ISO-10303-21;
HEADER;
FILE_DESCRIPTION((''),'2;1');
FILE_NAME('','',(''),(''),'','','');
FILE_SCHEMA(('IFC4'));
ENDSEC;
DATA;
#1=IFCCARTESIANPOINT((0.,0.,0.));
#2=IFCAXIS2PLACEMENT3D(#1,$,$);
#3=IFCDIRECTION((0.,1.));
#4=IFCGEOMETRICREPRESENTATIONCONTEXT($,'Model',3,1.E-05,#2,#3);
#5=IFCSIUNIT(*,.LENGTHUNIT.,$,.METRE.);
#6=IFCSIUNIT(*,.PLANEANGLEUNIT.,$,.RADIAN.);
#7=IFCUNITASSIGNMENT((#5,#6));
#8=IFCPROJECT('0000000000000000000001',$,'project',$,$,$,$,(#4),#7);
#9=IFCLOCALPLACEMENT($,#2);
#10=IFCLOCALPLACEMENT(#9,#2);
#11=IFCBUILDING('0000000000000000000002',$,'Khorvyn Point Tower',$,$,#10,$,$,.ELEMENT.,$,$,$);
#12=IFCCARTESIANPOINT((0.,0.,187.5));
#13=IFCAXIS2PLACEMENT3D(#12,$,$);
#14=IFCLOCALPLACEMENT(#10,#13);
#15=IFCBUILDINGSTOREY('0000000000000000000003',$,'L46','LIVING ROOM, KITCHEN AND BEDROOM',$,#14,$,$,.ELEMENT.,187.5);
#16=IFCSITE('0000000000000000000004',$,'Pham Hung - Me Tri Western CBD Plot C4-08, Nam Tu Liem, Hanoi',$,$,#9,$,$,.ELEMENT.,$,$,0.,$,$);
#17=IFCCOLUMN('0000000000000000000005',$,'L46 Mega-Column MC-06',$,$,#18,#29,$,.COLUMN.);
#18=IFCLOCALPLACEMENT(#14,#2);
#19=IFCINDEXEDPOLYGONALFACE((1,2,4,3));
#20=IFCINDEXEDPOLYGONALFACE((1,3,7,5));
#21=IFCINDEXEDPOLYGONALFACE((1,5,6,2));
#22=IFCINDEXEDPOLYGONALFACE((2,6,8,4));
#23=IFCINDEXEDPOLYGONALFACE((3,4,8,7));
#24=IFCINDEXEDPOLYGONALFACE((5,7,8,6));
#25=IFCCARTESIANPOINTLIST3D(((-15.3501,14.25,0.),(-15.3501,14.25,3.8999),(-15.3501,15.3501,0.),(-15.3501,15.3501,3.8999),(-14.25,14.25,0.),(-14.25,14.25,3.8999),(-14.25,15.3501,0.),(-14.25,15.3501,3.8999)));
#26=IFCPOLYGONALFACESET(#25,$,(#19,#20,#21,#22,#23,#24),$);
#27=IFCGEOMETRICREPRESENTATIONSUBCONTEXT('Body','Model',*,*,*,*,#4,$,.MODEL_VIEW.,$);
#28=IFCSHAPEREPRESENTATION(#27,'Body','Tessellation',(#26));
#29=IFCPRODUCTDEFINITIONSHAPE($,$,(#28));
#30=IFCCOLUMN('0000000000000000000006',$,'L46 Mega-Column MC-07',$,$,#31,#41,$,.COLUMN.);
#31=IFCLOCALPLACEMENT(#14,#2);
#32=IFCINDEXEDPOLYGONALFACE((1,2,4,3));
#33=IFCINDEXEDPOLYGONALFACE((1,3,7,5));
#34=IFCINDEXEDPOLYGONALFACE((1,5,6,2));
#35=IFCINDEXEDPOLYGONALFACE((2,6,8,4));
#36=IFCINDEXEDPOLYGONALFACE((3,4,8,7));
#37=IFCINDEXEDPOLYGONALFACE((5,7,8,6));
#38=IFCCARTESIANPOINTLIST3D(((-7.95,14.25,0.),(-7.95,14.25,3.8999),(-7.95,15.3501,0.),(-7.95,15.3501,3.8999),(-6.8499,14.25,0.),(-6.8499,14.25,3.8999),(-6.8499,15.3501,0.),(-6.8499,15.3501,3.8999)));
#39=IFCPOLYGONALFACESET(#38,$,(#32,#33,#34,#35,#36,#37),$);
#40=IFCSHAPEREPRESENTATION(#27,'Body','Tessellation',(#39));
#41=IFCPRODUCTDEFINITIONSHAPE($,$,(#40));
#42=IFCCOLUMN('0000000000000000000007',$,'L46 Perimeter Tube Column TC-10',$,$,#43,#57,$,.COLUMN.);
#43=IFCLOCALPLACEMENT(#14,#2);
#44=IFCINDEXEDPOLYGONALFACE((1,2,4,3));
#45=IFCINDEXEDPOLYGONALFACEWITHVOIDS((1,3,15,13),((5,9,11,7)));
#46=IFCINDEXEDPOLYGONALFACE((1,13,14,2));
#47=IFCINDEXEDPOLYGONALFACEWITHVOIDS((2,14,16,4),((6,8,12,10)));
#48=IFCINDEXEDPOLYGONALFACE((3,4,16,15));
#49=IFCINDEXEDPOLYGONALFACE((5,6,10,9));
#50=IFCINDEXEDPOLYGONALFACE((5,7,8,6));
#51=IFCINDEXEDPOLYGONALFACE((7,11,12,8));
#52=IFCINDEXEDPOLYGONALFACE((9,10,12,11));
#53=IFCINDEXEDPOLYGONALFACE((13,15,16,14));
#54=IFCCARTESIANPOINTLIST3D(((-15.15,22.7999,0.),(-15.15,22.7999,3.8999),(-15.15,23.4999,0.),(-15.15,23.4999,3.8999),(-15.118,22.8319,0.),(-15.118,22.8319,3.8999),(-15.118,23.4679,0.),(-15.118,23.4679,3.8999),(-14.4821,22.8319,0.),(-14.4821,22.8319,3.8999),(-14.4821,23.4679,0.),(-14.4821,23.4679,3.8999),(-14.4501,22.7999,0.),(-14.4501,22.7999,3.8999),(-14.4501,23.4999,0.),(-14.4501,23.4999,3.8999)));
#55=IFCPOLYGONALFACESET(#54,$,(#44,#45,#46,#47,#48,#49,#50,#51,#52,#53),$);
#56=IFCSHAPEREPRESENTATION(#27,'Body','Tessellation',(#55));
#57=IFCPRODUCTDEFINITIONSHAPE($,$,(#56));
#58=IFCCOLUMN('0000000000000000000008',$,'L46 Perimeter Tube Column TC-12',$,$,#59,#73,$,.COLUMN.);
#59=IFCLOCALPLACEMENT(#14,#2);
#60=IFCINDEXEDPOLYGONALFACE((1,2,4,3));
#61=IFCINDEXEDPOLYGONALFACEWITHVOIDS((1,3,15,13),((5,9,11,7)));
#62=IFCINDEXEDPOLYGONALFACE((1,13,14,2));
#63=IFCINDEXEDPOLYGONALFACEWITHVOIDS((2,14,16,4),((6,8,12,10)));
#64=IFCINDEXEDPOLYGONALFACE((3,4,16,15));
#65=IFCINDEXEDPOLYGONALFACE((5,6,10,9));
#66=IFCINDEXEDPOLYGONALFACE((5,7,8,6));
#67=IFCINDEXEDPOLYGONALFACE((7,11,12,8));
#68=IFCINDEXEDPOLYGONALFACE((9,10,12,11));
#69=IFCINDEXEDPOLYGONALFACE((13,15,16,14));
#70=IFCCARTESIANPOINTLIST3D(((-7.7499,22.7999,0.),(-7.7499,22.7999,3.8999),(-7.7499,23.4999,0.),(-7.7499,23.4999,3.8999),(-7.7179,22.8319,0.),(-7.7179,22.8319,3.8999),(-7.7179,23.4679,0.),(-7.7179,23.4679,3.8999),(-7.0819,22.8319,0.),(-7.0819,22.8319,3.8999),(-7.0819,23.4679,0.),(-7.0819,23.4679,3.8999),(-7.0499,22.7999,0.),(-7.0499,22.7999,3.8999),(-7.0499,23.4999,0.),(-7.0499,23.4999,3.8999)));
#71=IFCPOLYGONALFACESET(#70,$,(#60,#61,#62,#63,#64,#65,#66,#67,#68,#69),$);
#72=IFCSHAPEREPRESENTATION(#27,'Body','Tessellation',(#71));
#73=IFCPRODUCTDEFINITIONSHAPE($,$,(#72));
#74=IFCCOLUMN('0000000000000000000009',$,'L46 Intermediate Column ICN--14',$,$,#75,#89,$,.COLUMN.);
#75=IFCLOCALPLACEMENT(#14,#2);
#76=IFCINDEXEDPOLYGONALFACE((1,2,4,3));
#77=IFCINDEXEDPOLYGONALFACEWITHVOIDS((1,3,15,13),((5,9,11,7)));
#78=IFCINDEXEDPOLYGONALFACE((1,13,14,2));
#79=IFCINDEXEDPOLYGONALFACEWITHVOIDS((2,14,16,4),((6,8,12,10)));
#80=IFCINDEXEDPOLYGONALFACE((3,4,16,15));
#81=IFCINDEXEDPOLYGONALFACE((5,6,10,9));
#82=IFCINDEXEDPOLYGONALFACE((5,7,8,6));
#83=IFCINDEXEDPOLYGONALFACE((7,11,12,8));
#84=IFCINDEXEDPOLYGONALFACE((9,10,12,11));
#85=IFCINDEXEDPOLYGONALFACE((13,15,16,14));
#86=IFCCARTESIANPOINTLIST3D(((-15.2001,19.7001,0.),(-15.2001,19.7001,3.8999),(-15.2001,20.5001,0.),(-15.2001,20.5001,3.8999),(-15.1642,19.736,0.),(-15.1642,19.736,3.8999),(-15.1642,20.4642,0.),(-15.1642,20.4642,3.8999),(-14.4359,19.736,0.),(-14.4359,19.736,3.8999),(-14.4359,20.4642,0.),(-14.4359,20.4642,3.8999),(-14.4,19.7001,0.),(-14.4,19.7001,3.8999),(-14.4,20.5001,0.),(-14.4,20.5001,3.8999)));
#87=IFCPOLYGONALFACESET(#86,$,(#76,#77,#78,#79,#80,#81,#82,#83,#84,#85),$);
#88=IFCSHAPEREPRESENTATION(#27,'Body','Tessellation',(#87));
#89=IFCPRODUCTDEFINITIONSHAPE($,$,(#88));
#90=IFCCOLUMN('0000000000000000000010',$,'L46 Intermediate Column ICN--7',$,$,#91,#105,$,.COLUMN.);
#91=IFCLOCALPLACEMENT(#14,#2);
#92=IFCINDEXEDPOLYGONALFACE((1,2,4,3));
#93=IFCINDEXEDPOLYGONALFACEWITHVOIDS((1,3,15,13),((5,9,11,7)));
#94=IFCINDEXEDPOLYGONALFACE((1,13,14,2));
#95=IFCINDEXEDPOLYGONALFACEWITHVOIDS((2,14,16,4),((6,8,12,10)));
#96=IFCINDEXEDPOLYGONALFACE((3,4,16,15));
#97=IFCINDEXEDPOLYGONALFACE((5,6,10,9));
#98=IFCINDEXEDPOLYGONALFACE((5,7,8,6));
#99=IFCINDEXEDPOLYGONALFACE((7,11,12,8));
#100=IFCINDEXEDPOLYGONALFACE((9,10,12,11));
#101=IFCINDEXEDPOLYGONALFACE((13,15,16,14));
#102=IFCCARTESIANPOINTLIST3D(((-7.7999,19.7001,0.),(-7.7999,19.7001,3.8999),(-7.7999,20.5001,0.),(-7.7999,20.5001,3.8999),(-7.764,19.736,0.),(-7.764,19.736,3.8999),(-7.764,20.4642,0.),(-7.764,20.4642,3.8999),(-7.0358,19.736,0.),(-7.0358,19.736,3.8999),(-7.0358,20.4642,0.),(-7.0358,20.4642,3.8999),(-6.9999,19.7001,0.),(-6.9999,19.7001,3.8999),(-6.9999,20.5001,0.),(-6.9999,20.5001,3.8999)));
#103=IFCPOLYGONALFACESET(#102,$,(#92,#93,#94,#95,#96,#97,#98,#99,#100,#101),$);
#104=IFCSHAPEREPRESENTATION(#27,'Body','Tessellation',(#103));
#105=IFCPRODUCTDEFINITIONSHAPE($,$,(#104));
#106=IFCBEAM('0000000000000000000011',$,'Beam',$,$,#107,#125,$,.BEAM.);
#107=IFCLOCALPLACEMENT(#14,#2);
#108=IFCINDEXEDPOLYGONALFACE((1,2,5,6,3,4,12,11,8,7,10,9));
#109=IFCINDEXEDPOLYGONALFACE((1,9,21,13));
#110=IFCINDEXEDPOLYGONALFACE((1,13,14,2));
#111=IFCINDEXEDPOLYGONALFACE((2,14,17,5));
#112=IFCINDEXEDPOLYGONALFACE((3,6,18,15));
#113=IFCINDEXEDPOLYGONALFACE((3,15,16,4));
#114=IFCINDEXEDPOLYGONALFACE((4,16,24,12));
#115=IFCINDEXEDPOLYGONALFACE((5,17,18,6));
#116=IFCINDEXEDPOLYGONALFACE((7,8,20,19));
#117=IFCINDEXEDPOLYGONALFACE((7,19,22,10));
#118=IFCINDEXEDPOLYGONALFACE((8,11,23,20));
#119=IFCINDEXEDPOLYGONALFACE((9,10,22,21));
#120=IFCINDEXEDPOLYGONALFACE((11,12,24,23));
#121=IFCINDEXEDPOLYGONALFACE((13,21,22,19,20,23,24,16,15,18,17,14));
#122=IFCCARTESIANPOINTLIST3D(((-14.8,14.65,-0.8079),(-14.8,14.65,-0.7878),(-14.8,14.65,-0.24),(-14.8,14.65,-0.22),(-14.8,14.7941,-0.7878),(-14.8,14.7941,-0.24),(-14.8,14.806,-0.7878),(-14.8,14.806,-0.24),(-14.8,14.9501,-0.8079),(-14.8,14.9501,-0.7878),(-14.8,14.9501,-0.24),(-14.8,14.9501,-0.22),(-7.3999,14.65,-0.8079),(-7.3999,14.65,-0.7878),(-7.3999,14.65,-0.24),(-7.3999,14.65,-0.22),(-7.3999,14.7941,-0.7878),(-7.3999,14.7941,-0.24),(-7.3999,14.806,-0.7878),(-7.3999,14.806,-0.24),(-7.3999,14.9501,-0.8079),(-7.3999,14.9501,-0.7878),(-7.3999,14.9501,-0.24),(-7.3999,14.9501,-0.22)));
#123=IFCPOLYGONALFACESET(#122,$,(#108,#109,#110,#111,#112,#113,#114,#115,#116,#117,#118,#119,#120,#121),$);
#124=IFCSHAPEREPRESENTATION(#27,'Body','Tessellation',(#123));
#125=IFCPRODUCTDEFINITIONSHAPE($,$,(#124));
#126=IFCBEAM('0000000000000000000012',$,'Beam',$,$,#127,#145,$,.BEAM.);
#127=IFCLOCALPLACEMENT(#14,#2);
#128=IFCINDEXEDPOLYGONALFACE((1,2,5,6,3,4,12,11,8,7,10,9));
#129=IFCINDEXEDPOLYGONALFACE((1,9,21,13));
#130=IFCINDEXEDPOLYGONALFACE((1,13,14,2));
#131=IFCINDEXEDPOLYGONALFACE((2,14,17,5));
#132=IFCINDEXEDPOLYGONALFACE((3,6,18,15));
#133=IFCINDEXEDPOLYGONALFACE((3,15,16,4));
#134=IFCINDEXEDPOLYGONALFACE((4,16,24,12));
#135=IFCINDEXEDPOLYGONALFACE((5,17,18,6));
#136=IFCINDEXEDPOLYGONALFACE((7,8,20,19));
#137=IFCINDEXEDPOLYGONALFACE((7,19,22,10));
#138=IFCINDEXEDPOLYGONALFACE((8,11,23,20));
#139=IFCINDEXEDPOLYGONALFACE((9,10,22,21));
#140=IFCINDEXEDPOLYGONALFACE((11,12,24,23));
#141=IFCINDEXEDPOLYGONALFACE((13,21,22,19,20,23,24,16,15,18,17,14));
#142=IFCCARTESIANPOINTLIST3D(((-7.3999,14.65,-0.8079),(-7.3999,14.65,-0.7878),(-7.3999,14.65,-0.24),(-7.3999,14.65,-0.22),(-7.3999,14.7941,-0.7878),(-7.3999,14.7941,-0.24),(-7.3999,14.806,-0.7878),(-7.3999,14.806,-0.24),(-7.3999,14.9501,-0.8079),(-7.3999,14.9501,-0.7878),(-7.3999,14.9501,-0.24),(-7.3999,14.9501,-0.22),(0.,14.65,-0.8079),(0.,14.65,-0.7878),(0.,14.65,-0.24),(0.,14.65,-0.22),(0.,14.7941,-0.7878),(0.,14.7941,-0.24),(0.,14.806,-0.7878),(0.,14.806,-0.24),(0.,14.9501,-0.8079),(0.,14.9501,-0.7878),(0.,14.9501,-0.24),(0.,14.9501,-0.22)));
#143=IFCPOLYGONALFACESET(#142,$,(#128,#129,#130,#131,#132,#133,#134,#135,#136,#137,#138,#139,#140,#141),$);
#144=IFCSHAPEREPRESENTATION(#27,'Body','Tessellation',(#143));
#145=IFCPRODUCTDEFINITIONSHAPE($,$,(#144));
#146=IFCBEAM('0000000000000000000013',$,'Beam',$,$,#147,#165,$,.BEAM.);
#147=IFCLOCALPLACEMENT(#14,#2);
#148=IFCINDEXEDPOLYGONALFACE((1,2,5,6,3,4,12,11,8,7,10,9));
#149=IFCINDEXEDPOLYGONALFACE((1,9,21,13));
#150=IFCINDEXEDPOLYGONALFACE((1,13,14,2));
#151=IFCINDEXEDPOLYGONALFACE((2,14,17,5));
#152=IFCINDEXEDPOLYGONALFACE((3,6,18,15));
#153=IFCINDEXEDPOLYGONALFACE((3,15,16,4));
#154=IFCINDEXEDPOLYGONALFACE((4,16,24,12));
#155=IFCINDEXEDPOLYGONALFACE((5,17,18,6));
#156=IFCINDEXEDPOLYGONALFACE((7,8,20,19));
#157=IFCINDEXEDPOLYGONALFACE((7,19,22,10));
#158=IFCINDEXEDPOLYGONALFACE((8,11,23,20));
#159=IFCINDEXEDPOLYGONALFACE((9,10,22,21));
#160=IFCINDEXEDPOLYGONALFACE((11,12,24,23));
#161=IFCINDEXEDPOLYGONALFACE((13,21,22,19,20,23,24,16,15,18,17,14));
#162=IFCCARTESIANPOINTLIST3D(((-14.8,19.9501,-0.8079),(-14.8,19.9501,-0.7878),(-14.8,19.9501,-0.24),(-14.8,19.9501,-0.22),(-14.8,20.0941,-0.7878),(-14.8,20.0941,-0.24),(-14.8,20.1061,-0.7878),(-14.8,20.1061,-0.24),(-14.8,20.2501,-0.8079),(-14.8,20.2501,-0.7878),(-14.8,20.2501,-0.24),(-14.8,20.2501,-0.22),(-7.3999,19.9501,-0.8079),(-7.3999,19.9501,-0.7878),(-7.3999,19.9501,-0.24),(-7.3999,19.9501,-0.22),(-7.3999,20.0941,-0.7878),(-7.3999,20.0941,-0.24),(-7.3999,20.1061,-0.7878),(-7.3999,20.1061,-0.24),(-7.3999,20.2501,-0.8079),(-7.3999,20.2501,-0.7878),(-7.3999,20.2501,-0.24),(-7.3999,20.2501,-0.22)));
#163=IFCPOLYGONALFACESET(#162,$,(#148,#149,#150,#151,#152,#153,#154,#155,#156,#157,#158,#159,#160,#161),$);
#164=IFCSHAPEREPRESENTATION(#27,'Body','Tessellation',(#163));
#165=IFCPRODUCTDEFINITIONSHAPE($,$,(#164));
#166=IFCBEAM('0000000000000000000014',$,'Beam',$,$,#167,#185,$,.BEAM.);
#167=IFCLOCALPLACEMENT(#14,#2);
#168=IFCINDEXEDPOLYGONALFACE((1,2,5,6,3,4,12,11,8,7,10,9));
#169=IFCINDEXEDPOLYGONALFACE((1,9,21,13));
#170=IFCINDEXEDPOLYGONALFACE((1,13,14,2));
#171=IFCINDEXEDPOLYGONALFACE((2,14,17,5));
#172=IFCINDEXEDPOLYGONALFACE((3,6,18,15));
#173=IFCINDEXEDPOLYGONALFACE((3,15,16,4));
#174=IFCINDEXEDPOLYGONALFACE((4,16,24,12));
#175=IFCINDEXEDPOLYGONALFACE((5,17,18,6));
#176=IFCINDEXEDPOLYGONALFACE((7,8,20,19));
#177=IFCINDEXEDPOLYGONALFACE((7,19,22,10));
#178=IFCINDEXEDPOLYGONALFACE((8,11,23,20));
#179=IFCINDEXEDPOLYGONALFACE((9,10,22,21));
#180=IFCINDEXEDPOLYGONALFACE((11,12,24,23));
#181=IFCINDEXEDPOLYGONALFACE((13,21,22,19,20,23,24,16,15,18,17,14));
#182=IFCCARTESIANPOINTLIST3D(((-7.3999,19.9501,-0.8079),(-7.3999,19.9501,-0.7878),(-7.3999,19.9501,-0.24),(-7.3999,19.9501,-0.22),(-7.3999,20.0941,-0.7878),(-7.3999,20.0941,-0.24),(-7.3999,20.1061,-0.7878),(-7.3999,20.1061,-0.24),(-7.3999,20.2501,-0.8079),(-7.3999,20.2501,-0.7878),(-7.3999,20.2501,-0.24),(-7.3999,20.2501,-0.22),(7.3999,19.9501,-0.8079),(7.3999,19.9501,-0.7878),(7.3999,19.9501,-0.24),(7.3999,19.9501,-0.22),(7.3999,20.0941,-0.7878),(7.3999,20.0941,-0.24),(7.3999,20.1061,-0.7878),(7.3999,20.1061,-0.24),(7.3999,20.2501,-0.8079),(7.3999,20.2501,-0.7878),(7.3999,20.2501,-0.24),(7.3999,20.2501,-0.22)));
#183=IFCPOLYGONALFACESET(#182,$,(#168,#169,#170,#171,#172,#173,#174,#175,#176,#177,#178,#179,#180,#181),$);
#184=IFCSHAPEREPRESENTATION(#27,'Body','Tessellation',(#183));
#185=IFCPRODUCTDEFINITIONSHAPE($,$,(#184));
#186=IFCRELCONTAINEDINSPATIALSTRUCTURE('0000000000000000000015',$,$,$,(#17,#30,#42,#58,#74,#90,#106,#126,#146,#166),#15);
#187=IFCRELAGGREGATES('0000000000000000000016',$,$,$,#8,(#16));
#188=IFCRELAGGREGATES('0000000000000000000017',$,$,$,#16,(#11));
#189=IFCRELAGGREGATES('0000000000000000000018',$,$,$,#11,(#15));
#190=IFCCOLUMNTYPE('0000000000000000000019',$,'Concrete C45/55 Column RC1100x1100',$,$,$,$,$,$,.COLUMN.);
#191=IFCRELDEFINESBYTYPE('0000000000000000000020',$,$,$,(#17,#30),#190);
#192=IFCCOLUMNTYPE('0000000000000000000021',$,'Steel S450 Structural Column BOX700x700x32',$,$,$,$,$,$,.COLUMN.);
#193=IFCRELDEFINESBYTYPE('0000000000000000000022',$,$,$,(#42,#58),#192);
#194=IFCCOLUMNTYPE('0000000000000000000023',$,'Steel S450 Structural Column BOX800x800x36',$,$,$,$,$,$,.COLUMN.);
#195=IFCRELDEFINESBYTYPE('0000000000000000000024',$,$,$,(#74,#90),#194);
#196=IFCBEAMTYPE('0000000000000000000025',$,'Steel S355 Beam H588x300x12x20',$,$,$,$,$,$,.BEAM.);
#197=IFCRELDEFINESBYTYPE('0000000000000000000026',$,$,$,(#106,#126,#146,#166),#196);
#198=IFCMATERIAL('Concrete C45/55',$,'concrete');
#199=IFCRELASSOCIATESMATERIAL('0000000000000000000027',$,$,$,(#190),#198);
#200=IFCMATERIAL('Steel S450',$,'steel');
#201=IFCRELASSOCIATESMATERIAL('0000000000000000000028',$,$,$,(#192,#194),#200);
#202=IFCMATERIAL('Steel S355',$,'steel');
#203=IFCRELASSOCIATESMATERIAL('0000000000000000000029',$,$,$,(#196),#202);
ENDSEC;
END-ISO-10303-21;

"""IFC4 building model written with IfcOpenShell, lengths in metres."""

from ifc_helpers import new_model, si_unit, direction, frame, origin, origin_2d, place, context, subcontext, project, spatial, rectangle, hollow_rectangle, i_section, extrude, material, material_profile, profile_set, type_object, element, save


model = new_model("IFC4")

# Units and contexts
model_context = context("Model", 3, precision=1e-05, world=origin(), true_north=direction((0.0, 1.0)))
body_context = subcontext(model_context, "Body", "Model", "MODEL_VIEW")
ifc_project = project(units=[si_unit("LENGTHUNIT", "METRE"), si_unit("PLANEANGLEUNIT", "RADIAN")], contexts=[model_context])

# Site, building, storey
site_placement = place(None, origin())
site = spatial("IfcSite", under=ifc_project, at=site_placement, Name="Pham Hung - Me Tri Western CBD Plot C4-08, Nam Tu Liem, Hanoi", CompositionType="ELEMENT", RefElevation=0.0)
building_placement = place(site_placement, origin())
building = spatial("IfcBuilding", under=site, at=building_placement, Name="Khorvyn Point Tower", CompositionType="ELEMENT")
storey_placement = place(building_placement, frame((0.0, 0.0, 187.5)))
storey = spatial("IfcBuildingStorey", under=building, at=storey_placement, Name="L46", Description="LIVING ROOM, KITCHEN AND BEDROOM", CompositionType="ELEMENT", Elevation=187.5)

# Columns
ifc_material_1 = material(Name="Concrete C45/55", Category="concrete")
ifc_material_profile_1 = material_profile(ifc_material_1, rectangle(XDim=1.1001, YDim=1.1001, at=origin_2d()))
ifc_profile_set_1 = profile_set([ifc_material_profile_1], Name="Concrete C45/55 RC1100x1100")
column_type_1 = type_object("IfcColumnType", Name="Concrete C45/55 Column RC1100x1100", PredefinedType="COLUMN", material=ifc_profile_set_1)
for number, where, z_axis, x_axis, name in (
    (1, (-14.8, 14.8, 0.0), (0.0, 0.0, 1.0), (1.0, 0.0, 0.0), "L46 Mega-Column MC-06"),
    (2, (-7.3999, 14.8, 0.0), (0.0, 0.0, 1.0), (1.0, 0.0, 0.0), "L46 Mega-Column MC-07"),
):
    element("IfcColumn", number, at=place(storey_placement, frame(where, z_axis=z_axis, x_axis=x_axis)), inside=storey, type_object=column_type_1, Name=name, PredefinedType="COLUMN", context=body_context, shape_type="SweptSolid", body=[
        extrude(rectangle(XDim=1.1001, YDim=1.1001, at=origin_2d()), origin(), (0.0, 0.0, 1.0), 3.8999),
    ])
ifc_material_2 = material(Name="Steel S450", Category="steel")
ifc_material_profile_2 = material_profile(ifc_material_2, hollow_rectangle(XDim=0.7, YDim=0.7, WallThickness=0.032, at=origin_2d()))
ifc_profile_set_2 = profile_set([ifc_material_profile_2], Name="Steel S450 BOX700x700x32")
column_type_2 = type_object("IfcColumnType", Name="Steel S450 Structural Column BOX700x700x32", PredefinedType="COLUMN", material=ifc_profile_set_2)
for number, where, z_axis, x_axis, name in (
    (3, (-14.8, 23.1499, 0.0), (0.0, 0.0, 1.0), (1.0, 0.0, 0.0), "L46 Perimeter Tube Column TC-10"),
    (4, (-7.3999, 23.1499, 0.0), (0.0, 0.0, 1.0), (1.0, 0.0, 0.0), "L46 Perimeter Tube Column TC-12"),
):
    element("IfcColumn", number, at=place(storey_placement, frame(where, z_axis=z_axis, x_axis=x_axis)), inside=storey, type_object=column_type_2, Name=name, PredefinedType="COLUMN", context=body_context, shape_type="SweptSolid", body=[
        extrude(hollow_rectangle(XDim=0.7, YDim=0.7, WallThickness=0.032, at=origin_2d()), origin(), (0.0, 0.0, 1.0), 3.8999),
    ])
ifc_material_profile_3 = material_profile(ifc_material_2, hollow_rectangle(XDim=0.8, YDim=0.8, WallThickness=0.0359, at=origin_2d()))
ifc_profile_set_3 = profile_set([ifc_material_profile_3], Name="Steel S450 BOX800x800x36")
column_type_3 = type_object("IfcColumnType", Name="Steel S450 Structural Column BOX800x800x36", PredefinedType="COLUMN", material=ifc_profile_set_3)
for number, where, z_axis, x_axis, name in (
    (5, (-14.8, 20.1001, 0.0), (0.0, 0.0, 1.0), (1.0, 0.0, 0.0), "L46 Intermediate Column ICN--14"),
    (6, (-7.3999, 20.1001, 0.0), (0.0, 0.0, 1.0), (1.0, 0.0, 0.0), "L46 Intermediate Column ICN--7"),
):
    element("IfcColumn", number, at=place(storey_placement, frame(where, z_axis=z_axis, x_axis=x_axis)), inside=storey, type_object=column_type_3, Name=name, PredefinedType="COLUMN", context=body_context, shape_type="SweptSolid", body=[
        extrude(hollow_rectangle(XDim=0.8, YDim=0.8, WallThickness=0.0359, at=origin_2d()), origin(), (0.0, 0.0, 1.0), 3.8999),
    ])

# Beams
ifc_material_3 = material(Name="Steel S355", Category="steel")
ifc_material_profile_4 = material_profile(ifc_material_3, i_section(OverallWidth=0.3, OverallDepth=0.5879, WebThickness=0.012, FlangeThickness=0.02, at=origin_2d()))
ifc_profile_set_4 = profile_set([ifc_material_profile_4], Name="Steel S355 H588x300x12x20")
beam_type_1 = type_object("IfcBeamType", Name="Steel S355 Beam H588x300x12x20", PredefinedType="BEAM", material=ifc_profile_set_4)
beam_1_placement = place(storey_placement, frame((-14.8, 14.8, -0.5139), z_axis=(1.0, 0.0, 0.0), x_axis=(0.0, 1.0, 0.0)))
element("IfcBeam", 7, at=beam_1_placement, inside=storey, type_object=beam_type_1, Name="Beam", PredefinedType="BEAM", context=body_context, shape_type="SweptSolid", body=[
    extrude(i_section(OverallWidth=0.3, OverallDepth=0.5879, WebThickness=0.012, FlangeThickness=0.02, at=origin_2d()), origin(), (0.0, 0.0, 1.0), 7.4001),
])
beam_2_placement = place(storey_placement, frame((-7.3999, 14.8, -0.5139), z_axis=(1.0, 0.0, 0.0), x_axis=(0.0, 1.0, 0.0)))
element("IfcBeam", 8, at=beam_2_placement, inside=storey, type_object=beam_type_1, Name="Beam", PredefinedType="BEAM", context=body_context, shape_type="SweptSolid", body=[
    extrude(i_section(OverallWidth=0.3, OverallDepth=0.5879, WebThickness=0.012, FlangeThickness=0.02, at=origin_2d()), origin(), (0.0, 0.0, 1.0), 7.3999),
])
beam_3_placement = place(storey_placement, frame((-14.8, 20.1001, -0.5139), z_axis=(1.0, 0.0, 0.0), x_axis=(0.0, 1.0, 0.0)))
element("IfcBeam", 9, at=beam_3_placement, inside=storey, type_object=beam_type_1, Name="Beam", PredefinedType="BEAM", context=body_context, shape_type="SweptSolid", body=[
    extrude(i_section(OverallWidth=0.3, OverallDepth=0.5879, WebThickness=0.012, FlangeThickness=0.02, at=origin_2d()), origin(), (0.0, 0.0, 1.0), 7.4001),
])
beam_4_placement = place(storey_placement, frame((-7.3999, 20.1001, -0.5139), z_axis=(1.0, 0.0, 0.0), x_axis=(0.0, 1.0, 0.0)))
element("IfcBeam", 10, at=beam_4_placement, inside=storey, type_object=beam_type_1, Name="Beam", PredefinedType="BEAM", context=body_context, shape_type="SweptSolid", body=[
    extrude(i_section(OverallWidth=0.3, OverallDepth=0.5879, WebThickness=0.012, FlangeThickness=0.02, at=origin_2d()), origin(), (0.0, 0.0, 1.0), 14.7998),
])

save(model, "model.ifc")
